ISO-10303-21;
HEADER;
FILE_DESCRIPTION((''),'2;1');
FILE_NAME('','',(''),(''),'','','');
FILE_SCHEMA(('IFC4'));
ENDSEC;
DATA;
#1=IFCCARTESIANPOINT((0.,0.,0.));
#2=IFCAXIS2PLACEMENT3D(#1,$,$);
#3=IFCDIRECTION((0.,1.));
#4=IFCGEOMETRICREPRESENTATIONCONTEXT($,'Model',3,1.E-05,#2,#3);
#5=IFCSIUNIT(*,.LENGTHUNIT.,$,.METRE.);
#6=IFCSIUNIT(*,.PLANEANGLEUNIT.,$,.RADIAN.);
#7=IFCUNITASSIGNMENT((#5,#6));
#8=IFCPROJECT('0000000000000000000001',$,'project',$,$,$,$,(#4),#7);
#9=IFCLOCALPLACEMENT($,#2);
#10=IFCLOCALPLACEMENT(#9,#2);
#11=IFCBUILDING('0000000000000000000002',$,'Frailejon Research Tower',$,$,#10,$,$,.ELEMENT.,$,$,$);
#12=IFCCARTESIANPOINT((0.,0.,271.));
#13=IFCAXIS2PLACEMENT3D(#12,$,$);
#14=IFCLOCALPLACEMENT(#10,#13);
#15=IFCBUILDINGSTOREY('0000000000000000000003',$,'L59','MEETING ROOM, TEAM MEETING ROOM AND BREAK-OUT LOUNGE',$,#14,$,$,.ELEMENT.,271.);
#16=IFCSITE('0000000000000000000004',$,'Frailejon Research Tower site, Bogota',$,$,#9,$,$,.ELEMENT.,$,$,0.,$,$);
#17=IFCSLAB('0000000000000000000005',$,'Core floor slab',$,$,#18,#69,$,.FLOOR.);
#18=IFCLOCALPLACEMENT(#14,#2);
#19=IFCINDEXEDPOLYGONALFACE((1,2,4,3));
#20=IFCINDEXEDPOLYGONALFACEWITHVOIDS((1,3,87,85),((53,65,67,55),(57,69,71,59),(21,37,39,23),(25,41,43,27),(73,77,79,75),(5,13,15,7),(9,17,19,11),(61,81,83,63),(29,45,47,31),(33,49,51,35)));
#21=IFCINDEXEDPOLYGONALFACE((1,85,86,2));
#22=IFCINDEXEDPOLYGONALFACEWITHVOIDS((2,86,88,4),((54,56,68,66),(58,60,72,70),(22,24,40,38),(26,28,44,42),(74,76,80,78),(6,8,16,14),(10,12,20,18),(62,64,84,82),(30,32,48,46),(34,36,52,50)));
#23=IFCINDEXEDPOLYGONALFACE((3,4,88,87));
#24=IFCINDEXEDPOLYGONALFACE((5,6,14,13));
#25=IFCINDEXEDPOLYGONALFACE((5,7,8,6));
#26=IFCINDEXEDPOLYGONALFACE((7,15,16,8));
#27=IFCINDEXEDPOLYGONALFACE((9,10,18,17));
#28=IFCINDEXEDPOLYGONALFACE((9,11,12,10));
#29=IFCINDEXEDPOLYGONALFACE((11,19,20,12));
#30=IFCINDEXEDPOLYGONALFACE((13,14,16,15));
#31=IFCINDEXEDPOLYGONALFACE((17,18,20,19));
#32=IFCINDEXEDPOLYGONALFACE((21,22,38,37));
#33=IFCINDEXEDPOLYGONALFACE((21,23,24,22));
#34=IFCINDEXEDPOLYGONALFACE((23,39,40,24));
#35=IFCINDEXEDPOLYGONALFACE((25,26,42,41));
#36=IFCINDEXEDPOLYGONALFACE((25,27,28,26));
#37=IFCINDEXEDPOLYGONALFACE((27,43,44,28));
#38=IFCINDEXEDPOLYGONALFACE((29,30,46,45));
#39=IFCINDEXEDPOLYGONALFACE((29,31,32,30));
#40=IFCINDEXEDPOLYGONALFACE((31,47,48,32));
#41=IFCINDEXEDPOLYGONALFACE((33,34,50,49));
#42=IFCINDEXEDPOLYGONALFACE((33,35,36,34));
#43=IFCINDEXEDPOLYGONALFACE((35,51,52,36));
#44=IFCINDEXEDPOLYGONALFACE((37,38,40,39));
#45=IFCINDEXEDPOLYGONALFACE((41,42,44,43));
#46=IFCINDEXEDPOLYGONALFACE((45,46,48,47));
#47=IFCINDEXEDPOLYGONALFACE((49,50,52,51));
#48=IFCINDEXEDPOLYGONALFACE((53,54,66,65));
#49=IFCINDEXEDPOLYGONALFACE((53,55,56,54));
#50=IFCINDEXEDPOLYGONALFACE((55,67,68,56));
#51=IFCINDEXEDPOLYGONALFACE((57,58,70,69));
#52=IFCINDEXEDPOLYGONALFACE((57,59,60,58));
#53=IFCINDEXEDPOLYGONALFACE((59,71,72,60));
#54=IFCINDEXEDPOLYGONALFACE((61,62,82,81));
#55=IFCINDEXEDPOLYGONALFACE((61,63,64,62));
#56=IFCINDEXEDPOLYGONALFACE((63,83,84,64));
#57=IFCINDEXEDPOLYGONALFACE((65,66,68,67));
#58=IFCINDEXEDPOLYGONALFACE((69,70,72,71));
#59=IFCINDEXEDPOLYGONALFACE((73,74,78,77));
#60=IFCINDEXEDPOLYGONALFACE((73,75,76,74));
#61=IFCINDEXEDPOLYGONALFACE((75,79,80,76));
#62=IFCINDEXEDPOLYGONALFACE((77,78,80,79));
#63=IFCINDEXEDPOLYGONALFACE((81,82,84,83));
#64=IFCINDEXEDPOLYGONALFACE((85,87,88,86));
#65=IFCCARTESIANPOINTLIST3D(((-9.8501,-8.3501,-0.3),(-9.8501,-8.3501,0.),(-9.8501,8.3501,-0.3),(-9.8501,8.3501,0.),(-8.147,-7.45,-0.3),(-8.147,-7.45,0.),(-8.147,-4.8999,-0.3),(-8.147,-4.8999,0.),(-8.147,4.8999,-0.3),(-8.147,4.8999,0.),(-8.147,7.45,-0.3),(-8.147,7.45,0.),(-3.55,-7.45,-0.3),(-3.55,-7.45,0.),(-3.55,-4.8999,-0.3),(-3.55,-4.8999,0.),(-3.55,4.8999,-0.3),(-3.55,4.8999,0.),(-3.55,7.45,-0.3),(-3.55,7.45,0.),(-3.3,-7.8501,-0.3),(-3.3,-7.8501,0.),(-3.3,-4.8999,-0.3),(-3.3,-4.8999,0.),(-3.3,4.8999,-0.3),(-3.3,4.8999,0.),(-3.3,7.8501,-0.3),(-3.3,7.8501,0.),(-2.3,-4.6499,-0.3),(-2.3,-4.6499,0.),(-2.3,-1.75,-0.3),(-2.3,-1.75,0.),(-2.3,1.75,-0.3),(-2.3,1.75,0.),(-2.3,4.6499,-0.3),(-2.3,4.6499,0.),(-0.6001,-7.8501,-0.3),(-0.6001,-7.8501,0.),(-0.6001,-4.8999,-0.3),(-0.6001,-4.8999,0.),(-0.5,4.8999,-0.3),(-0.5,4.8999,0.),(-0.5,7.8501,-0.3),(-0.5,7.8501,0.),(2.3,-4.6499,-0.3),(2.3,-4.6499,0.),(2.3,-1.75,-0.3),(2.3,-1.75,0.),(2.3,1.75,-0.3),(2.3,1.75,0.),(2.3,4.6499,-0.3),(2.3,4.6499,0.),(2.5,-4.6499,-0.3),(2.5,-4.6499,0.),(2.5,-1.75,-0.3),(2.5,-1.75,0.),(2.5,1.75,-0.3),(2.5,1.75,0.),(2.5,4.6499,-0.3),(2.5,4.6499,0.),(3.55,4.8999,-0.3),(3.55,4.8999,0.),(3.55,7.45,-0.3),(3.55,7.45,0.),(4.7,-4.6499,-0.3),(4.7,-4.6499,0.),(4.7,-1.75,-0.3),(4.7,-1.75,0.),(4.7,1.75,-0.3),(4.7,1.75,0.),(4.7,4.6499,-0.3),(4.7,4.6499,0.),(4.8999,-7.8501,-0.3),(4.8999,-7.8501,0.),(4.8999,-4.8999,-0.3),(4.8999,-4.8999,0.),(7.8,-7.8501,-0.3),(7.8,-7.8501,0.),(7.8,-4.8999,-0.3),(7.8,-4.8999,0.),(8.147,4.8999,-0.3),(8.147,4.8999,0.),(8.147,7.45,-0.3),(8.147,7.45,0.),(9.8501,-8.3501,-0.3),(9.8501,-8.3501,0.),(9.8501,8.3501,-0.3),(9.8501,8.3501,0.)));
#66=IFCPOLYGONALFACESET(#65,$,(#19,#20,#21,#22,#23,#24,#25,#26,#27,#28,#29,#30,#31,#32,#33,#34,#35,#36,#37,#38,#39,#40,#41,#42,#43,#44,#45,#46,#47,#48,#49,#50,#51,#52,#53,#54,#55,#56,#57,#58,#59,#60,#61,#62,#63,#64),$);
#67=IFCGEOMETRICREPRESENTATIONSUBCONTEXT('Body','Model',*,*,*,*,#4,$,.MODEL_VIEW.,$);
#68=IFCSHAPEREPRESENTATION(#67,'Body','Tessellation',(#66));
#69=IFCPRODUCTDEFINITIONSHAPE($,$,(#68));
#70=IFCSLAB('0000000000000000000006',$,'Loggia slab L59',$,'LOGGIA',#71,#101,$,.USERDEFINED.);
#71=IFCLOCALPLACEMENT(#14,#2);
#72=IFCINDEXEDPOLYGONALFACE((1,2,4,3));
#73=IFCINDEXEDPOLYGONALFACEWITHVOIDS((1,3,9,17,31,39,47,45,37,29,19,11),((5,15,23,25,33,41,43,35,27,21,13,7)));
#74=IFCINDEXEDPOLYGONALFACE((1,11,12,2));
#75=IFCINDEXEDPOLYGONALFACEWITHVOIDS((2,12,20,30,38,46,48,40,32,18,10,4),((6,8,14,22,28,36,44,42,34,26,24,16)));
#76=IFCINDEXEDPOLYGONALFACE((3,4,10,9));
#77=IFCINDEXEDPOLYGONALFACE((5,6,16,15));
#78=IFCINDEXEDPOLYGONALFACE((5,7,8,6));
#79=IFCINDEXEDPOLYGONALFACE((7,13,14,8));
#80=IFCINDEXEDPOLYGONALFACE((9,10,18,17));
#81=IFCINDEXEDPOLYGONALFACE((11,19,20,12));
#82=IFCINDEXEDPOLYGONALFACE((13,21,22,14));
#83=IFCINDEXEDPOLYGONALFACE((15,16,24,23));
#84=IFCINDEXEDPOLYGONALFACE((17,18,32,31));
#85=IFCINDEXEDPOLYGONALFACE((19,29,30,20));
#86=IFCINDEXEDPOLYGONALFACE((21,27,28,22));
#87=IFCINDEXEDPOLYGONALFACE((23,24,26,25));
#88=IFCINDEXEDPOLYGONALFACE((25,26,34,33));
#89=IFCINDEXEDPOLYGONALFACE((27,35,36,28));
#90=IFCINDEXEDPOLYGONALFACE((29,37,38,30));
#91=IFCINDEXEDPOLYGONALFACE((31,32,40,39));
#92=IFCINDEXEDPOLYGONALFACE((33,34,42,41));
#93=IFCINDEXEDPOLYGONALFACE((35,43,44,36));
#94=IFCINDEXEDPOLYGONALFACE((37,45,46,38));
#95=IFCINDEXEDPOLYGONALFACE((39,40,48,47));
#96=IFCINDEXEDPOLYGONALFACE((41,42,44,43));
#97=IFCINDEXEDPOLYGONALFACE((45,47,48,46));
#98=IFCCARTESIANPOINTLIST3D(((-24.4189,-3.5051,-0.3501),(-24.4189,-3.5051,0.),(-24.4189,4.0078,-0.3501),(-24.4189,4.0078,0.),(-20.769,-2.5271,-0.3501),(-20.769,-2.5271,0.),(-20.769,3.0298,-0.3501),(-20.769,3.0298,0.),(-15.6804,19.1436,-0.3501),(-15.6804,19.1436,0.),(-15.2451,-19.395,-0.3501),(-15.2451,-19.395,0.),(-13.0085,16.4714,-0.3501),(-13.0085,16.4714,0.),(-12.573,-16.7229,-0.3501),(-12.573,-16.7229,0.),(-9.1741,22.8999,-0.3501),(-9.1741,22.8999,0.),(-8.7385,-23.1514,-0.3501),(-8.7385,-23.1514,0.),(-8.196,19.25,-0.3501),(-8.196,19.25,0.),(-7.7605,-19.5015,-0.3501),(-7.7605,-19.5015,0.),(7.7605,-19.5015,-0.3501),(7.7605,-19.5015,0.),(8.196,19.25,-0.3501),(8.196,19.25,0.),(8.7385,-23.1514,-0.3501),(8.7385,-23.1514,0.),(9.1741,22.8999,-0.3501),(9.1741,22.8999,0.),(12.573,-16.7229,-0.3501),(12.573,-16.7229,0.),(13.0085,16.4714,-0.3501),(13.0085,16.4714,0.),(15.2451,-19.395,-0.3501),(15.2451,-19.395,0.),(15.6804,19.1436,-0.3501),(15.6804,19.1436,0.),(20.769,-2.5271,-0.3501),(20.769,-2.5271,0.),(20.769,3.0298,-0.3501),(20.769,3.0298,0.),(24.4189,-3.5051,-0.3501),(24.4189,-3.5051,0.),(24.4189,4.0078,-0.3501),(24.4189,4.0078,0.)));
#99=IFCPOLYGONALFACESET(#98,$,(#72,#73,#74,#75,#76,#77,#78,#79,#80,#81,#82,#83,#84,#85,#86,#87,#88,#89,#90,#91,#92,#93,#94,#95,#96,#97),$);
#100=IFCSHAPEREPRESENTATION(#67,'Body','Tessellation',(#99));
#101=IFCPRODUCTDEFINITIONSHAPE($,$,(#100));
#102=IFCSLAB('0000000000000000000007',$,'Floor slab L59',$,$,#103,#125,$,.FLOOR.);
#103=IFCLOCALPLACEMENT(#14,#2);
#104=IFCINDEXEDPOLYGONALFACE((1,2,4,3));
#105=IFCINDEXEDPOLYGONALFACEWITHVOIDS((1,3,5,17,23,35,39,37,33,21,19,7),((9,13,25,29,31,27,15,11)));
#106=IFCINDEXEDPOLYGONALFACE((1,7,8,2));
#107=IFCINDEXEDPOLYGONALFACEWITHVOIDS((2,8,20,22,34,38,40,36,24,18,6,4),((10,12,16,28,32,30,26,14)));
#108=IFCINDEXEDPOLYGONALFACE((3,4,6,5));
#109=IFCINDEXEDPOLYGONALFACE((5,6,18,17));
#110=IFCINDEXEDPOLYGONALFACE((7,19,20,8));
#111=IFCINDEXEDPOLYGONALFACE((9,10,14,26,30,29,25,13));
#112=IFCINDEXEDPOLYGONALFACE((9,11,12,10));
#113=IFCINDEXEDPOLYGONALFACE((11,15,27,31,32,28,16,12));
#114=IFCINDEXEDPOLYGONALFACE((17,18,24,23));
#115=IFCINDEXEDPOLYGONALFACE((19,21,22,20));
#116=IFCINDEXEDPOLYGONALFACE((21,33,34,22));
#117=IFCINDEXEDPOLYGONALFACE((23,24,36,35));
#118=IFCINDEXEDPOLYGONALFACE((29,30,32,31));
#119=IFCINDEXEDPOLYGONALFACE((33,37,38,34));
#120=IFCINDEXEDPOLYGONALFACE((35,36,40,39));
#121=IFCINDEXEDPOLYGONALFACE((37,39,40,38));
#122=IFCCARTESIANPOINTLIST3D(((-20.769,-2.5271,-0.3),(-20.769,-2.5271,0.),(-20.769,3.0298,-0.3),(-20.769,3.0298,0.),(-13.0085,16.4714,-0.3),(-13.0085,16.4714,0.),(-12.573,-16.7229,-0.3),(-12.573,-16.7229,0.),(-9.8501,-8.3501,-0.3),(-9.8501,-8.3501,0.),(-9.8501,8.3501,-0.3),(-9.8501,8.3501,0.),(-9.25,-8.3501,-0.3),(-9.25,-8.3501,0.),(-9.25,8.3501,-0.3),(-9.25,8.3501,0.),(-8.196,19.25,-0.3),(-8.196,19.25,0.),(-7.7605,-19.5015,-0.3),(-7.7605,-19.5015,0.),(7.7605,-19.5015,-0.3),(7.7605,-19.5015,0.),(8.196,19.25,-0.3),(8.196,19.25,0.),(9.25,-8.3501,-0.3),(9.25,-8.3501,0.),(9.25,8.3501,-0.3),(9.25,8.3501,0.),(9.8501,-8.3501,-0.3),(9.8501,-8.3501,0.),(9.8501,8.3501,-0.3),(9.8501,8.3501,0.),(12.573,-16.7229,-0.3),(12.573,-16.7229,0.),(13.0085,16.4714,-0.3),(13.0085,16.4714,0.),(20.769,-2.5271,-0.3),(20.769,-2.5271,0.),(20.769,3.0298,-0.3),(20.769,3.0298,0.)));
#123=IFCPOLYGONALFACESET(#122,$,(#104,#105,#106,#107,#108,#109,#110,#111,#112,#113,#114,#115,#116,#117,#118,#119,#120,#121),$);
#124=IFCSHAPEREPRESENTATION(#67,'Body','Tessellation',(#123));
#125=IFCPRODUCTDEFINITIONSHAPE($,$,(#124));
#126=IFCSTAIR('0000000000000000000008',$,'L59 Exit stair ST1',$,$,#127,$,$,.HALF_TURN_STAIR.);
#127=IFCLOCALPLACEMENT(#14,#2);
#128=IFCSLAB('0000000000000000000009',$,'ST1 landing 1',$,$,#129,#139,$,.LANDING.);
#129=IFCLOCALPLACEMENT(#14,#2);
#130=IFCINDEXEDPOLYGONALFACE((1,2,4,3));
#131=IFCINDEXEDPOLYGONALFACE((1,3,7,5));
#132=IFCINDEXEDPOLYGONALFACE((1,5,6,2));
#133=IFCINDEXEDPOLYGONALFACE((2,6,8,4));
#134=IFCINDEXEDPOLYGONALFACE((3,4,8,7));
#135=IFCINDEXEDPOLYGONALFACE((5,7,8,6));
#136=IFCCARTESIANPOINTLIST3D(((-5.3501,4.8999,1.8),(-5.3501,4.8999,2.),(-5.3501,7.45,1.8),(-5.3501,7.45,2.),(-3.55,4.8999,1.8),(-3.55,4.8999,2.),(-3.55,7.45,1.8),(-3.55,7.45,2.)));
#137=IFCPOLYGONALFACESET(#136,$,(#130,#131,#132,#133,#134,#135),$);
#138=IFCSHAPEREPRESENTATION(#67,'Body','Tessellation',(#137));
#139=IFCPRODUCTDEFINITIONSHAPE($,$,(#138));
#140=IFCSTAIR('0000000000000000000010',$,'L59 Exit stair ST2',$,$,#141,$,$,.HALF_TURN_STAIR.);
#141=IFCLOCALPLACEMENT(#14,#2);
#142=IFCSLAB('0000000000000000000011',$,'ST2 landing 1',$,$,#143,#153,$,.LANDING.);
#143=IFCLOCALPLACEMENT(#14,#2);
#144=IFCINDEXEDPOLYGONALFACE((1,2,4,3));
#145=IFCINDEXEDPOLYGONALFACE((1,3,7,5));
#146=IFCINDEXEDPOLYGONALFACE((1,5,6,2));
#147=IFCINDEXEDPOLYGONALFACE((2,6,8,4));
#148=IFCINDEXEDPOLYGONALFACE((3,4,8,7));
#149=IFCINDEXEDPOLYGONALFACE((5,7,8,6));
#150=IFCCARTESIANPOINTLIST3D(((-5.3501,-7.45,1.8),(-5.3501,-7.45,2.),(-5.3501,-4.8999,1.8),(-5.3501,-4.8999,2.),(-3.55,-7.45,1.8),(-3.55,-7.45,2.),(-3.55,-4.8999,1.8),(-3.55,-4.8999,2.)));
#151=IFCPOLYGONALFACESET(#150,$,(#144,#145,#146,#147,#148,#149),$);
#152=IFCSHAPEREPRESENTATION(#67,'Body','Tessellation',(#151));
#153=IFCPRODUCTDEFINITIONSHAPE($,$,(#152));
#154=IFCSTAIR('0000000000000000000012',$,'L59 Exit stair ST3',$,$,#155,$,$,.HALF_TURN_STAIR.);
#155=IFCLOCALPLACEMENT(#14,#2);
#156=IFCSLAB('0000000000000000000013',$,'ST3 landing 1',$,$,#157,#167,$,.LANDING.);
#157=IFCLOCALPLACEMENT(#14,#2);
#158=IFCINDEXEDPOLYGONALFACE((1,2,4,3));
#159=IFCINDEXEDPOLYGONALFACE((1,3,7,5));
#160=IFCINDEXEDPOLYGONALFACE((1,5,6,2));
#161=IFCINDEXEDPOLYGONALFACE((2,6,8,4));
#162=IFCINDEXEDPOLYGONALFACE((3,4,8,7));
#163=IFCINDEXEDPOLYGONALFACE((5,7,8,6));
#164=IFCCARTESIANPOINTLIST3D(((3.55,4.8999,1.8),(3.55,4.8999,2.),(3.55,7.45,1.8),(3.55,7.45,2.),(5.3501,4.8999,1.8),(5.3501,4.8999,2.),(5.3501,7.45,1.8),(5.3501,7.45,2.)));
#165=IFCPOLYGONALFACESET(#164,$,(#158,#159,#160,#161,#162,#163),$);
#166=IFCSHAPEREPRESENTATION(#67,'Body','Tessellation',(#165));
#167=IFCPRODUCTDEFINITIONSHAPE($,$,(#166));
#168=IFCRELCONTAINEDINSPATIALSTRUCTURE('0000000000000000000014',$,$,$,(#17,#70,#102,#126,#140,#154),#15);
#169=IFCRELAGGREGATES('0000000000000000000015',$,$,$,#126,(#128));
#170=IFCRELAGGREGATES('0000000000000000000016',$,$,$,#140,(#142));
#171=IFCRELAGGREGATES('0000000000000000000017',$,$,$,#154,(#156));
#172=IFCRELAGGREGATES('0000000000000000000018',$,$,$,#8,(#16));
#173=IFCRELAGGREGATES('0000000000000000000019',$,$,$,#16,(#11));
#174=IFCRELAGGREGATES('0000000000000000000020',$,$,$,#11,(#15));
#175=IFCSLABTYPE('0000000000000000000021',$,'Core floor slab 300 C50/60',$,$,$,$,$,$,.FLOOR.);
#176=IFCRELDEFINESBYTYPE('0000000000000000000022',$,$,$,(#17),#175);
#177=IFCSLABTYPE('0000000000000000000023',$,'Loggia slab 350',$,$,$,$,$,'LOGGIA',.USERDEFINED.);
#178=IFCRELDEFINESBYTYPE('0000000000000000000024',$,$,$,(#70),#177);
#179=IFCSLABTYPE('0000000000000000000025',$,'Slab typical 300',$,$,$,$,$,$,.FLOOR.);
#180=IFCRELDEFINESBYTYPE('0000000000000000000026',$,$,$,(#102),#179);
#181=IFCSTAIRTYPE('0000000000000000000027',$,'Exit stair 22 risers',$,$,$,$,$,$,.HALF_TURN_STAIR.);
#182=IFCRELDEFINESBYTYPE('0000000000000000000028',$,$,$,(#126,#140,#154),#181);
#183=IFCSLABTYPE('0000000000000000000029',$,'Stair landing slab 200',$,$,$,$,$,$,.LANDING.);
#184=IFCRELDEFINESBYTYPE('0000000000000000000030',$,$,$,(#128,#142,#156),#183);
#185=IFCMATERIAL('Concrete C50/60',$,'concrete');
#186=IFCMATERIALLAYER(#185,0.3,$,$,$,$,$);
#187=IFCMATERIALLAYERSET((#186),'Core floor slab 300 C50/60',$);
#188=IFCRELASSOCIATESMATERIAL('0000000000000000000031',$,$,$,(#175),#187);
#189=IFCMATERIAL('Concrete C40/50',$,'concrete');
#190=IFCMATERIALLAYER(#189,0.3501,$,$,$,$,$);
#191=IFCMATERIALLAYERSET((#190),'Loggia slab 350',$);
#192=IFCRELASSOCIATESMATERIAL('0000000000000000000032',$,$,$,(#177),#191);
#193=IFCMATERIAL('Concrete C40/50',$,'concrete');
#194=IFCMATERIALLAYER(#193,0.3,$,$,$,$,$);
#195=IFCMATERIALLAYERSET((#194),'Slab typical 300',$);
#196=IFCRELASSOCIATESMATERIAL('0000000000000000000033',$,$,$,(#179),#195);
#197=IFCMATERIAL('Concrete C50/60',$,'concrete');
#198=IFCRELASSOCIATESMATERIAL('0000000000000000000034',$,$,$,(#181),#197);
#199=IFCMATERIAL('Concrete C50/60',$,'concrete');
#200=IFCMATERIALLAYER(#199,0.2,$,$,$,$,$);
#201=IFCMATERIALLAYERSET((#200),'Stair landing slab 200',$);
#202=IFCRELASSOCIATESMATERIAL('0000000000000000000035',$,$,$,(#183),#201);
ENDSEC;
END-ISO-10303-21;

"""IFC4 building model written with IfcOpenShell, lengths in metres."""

from ifc_helpers import new_model, si_unit, direction, frame, origin, place, context, subcontext, project, spatial, polyline, outline, extrude, material, layer, layer_set, type_object, element, aggregate, save


model = new_model("IFC4")

# Units and contexts
model_context = context("Model", 3, precision=1e-05, world=origin(), true_north=direction((0.0, 1.0)))
body_context = subcontext(model_context, "Body", "Model", "MODEL_VIEW")
ifc_project = project(units=[si_unit("LENGTHUNIT", "METRE"), si_unit("PLANEANGLEUNIT", "RADIAN")], contexts=[model_context])

# Site, building, storey
site_placement = place(None, origin())
site = spatial("IfcSite", under=ifc_project, at=site_placement, Name="Frailejon Research Tower site, Bogota", CompositionType="ELEMENT", RefElevation=0.0)
building_placement = place(site_placement, origin())
building = spatial("IfcBuilding", under=site, at=building_placement, Name="Frailejon Research Tower", CompositionType="ELEMENT")
storey_placement = place(building_placement, frame((0.0, 0.0, 271.0)))
storey = spatial("IfcBuildingStorey", under=building, at=storey_placement, Name="L59", Description="MEETING ROOM, TEAM MEETING ROOM AND BREAK-OUT LOUNGE", CompositionType="ELEMENT", Elevation=271.0)

# Slabs
ifc_material_1 = material(Name="Concrete C50/60", Category="concrete")
ifc_layer_1 = layer(ifc_material_1, 0.3)
ifc_layer_set_1 = layer_set([ifc_layer_1], Name="Core floor slab 300 C50/60")
slab_type_1 = type_object("IfcSlabType", Name="Core floor slab 300 C50/60", PredefinedType="FLOOR", material=ifc_layer_set_1)
slab_1_placement = place(storey_placement, frame((0.0, 0.0, -0.3)))
element("IfcSlab", 1, at=slab_1_placement, inside=storey, type_object=slab_type_1, Name="Core floor slab", PredefinedType="FLOOR", context=body_context, shape_type="SweptSolid", body=[
    extrude(outline(polyline([(9.8501, -8.3501), (9.8501, 8.3501), (-9.8501, 8.3501), (-9.8501, -8.3501), (9.8501, -8.3501)]), holes=[polyline([(2.3, 1.75), (2.3, 4.6499), (-2.3, 4.6499), (-2.3, 1.75), (2.3, 1.75)]), polyline([(4.7, 1.75), (4.7, 4.6499), (2.5, 4.6499), (2.5, 1.75), (4.7, 1.75)]), polyline([(2.3, -4.6499), (2.3, -1.75), (-2.3, -1.75), (-2.3, -4.6499), (2.3, -4.6499)]), polyline([(4.7, -4.6499), (4.7, -1.75), (2.5, -1.75), (2.5, -4.6499), (4.7, -4.6499)]), polyline([(-8.147, 4.8999), (-3.55, 4.8999), (-3.55, 7.45), (-8.147, 7.45), (-8.147, 4.8999)]), polyline([(-8.147, -7.45), (-3.55, -7.45), (-3.55, -4.8999), (-8.147, -4.8999), (-8.147, -7.45)]), polyline([(8.147, 7.45), (3.55, 7.45), (3.55, 4.8999), (8.147, 4.8999), (8.147, 7.45)]), polyline([(-0.6001, -7.8501), (-0.6001, -4.8999), (-3.3, -4.8999), (-3.3, -7.8501), (-0.6001, -7.8501)]), polyline([(7.8, -7.8501), (7.8, -4.8999), (4.8999, -4.8999), (4.8999, -7.8501), (7.8, -7.8501)]), polyline([(-0.5, 4.8999), (-0.5, 7.8501), (-3.3, 7.8501), (-3.3, 4.8999), (-0.5, 4.8999)])]), origin(), (0.0, 0.0, 1.0), 0.3),
])
ifc_material_2 = material(Name="Concrete C40/50", Category="concrete")
ifc_layer_2 = layer(ifc_material_2, 0.3501)
ifc_layer_set_2 = layer_set([ifc_layer_2], Name="Loggia slab 350")
slab_type_2 = type_object("IfcSlabType", Name="Loggia slab 350", ElementType="LOGGIA", PredefinedType="USERDEFINED", material=ifc_layer_set_2)
slab_2_placement = place(storey_placement, frame((0.0, 0.0, -0.3501)))
element("IfcSlab", 2, at=slab_2_placement, inside=storey, type_object=slab_type_2, Name="Loggia slab L59", ObjectType="LOGGIA", PredefinedType="USERDEFINED", context=body_context, shape_type="SweptSolid", body=[
    extrude(outline(polyline([(15.2451, -19.395), (8.7385, -23.1514), (-8.7385, -23.1514), (-15.2451, -19.395), (-24.4189, -3.5051), (-24.4189, 4.0078), (-15.6804, 19.1436), (-9.1741, 22.8999), (9.1741, 22.8999), (15.6804, 19.1436), (24.4189, 4.0078), (24.4189, -3.5051), (15.2451, -19.395)]), holes=[polyline([(20.769, 3.0298), (13.0085, 16.4714), (8.196, 19.25), (-8.196, 19.25), (-13.0085, 16.4714), (-20.769, 3.0298), (-20.769, -2.5271), (-12.573, -16.7229), (-7.7605, -19.5015), (7.7605, -19.5015), (12.573, -16.7229), (20.769, -2.5271), (20.769, 3.0298)])]), origin(), (0.0, 0.0, 1.0), 0.3501),
])
ifc_material_3 = material(Name="Concrete C40/50", Category="concrete")
ifc_layer_3 = layer(ifc_material_3, 0.3)
ifc_layer_set_3 = layer_set([ifc_layer_3], Name="Slab typical 300")
slab_type_3 = type_object("IfcSlabType", Name="Slab typical 300", PredefinedType="FLOOR", material=ifc_layer_set_3)
slab_3_placement = place(storey_placement, frame((0.0, 0.0, -0.3)))
element("IfcSlab", 3, at=slab_3_placement, inside=storey, type_object=slab_type_3, Name="Floor slab L59", PredefinedType="FLOOR", context=body_context, shape_type="SweptSolid", body=[
    extrude(outline(polyline([(20.769, -2.5271), (20.769, 3.0298), (13.0085, 16.4714), (8.196, 19.25), (-8.196, 19.25), (-13.0085, 16.4714), (-20.769, 3.0298), (-20.769, -2.5271), (-12.573, -16.7229), (-7.7605, -19.5015), (7.7605, -19.5015), (12.573, -16.7229), (20.769, -2.5271)]), holes=[polyline([(9.25, 8.3501), (9.8501, 8.3501), (9.8501, -8.3501), (9.25, -8.3501), (-9.25, -8.3501), (-9.8501, -8.3501), (-9.8501, 8.3501), (-9.25, 8.3501), (9.25, 8.3501)])]), origin(), (0.0, 0.0, 1.0), 0.3),
])

# Stairs, slabs
ifc_material_4 = material(Name="Concrete C50/60", Category="concrete")
stair_type = type_object("IfcStairType", Name="Exit stair 22 risers", PredefinedType="HALF_TURN_STAIR", material=ifc_material_4)
stair_1_placement = place(storey_placement, origin())
stair_1 = element("IfcStair", 4, at=stair_1_placement, inside=storey, type_object=stair_type, Name="L59 Exit stair ST1", PredefinedType="HALF_TURN_STAIR")
ifc_material_5 = material(Name="Concrete C50/60", Category="concrete")
ifc_layer_4 = layer(ifc_material_5, 0.2)
ifc_layer_set_4 = layer_set([ifc_layer_4], Name="Stair landing slab 200")
slab_type_4 = type_object("IfcSlabType", Name="Stair landing slab 200", PredefinedType="LANDING", material=ifc_layer_set_4)
slab_4_placement = place(storey_placement, frame((0.0, 0.0, 1.8)))
slab_4 = element("IfcSlab", 5, at=slab_4_placement, type_object=slab_type_4, Name="ST1 landing 1", PredefinedType="LANDING", context=body_context, shape_type="SweptSolid", body=[
    extrude(outline(polyline([(-5.3501, 4.8999), (-3.55, 4.8999), (-3.55, 7.45), (-5.3501, 7.45), (-5.3501, 4.8999)])), origin(), (0.0, 0.0, 1.0), 0.2),
])
aggregate(stair_1, [slab_4])
stair_2_placement = place(storey_placement, origin())
stair_2 = element("IfcStair", 6, at=stair_2_placement, inside=storey, type_object=stair_type, Name="L59 Exit stair ST2", PredefinedType="HALF_TURN_STAIR")
slab_5_placement = place(storey_placement, frame((0.0, 0.0, 1.8)))
slab_5 = element("IfcSlab", 7, at=slab_5_placement, type_object=slab_type_4, Name="ST2 landing 1", PredefinedType="LANDING", context=body_context, shape_type="SweptSolid", body=[
    extrude(outline(polyline([(-5.3501, -7.45), (-3.55, -7.45), (-3.55, -4.8999), (-5.3501, -4.8999), (-5.3501, -7.45)])), origin(), (0.0, 0.0, 1.0), 0.2),
])
aggregate(stair_2, [slab_5])
stair_3_placement = place(storey_placement, origin())
stair_3 = element("IfcStair", 8, at=stair_3_placement, inside=storey, type_object=stair_type, Name="L59 Exit stair ST3", PredefinedType="HALF_TURN_STAIR")
slab_6_placement = place(storey_placement, frame((0.0, 0.0, 1.8)))
slab_6 = element("IfcSlab", 9, at=slab_6_placement, type_object=slab_type_4, Name="ST3 landing 1", PredefinedType="LANDING", context=body_context, shape_type="SweptSolid", body=[
    extrude(outline(polyline([(5.3501, 7.45), (3.55, 7.45), (3.55, 4.8999), (5.3501, 4.8999), (5.3501, 7.45)])), origin(), (0.0, 0.0, 1.0), 0.2),
])
aggregate(stair_3, [slab_6])

save(model, "model.ifc")
